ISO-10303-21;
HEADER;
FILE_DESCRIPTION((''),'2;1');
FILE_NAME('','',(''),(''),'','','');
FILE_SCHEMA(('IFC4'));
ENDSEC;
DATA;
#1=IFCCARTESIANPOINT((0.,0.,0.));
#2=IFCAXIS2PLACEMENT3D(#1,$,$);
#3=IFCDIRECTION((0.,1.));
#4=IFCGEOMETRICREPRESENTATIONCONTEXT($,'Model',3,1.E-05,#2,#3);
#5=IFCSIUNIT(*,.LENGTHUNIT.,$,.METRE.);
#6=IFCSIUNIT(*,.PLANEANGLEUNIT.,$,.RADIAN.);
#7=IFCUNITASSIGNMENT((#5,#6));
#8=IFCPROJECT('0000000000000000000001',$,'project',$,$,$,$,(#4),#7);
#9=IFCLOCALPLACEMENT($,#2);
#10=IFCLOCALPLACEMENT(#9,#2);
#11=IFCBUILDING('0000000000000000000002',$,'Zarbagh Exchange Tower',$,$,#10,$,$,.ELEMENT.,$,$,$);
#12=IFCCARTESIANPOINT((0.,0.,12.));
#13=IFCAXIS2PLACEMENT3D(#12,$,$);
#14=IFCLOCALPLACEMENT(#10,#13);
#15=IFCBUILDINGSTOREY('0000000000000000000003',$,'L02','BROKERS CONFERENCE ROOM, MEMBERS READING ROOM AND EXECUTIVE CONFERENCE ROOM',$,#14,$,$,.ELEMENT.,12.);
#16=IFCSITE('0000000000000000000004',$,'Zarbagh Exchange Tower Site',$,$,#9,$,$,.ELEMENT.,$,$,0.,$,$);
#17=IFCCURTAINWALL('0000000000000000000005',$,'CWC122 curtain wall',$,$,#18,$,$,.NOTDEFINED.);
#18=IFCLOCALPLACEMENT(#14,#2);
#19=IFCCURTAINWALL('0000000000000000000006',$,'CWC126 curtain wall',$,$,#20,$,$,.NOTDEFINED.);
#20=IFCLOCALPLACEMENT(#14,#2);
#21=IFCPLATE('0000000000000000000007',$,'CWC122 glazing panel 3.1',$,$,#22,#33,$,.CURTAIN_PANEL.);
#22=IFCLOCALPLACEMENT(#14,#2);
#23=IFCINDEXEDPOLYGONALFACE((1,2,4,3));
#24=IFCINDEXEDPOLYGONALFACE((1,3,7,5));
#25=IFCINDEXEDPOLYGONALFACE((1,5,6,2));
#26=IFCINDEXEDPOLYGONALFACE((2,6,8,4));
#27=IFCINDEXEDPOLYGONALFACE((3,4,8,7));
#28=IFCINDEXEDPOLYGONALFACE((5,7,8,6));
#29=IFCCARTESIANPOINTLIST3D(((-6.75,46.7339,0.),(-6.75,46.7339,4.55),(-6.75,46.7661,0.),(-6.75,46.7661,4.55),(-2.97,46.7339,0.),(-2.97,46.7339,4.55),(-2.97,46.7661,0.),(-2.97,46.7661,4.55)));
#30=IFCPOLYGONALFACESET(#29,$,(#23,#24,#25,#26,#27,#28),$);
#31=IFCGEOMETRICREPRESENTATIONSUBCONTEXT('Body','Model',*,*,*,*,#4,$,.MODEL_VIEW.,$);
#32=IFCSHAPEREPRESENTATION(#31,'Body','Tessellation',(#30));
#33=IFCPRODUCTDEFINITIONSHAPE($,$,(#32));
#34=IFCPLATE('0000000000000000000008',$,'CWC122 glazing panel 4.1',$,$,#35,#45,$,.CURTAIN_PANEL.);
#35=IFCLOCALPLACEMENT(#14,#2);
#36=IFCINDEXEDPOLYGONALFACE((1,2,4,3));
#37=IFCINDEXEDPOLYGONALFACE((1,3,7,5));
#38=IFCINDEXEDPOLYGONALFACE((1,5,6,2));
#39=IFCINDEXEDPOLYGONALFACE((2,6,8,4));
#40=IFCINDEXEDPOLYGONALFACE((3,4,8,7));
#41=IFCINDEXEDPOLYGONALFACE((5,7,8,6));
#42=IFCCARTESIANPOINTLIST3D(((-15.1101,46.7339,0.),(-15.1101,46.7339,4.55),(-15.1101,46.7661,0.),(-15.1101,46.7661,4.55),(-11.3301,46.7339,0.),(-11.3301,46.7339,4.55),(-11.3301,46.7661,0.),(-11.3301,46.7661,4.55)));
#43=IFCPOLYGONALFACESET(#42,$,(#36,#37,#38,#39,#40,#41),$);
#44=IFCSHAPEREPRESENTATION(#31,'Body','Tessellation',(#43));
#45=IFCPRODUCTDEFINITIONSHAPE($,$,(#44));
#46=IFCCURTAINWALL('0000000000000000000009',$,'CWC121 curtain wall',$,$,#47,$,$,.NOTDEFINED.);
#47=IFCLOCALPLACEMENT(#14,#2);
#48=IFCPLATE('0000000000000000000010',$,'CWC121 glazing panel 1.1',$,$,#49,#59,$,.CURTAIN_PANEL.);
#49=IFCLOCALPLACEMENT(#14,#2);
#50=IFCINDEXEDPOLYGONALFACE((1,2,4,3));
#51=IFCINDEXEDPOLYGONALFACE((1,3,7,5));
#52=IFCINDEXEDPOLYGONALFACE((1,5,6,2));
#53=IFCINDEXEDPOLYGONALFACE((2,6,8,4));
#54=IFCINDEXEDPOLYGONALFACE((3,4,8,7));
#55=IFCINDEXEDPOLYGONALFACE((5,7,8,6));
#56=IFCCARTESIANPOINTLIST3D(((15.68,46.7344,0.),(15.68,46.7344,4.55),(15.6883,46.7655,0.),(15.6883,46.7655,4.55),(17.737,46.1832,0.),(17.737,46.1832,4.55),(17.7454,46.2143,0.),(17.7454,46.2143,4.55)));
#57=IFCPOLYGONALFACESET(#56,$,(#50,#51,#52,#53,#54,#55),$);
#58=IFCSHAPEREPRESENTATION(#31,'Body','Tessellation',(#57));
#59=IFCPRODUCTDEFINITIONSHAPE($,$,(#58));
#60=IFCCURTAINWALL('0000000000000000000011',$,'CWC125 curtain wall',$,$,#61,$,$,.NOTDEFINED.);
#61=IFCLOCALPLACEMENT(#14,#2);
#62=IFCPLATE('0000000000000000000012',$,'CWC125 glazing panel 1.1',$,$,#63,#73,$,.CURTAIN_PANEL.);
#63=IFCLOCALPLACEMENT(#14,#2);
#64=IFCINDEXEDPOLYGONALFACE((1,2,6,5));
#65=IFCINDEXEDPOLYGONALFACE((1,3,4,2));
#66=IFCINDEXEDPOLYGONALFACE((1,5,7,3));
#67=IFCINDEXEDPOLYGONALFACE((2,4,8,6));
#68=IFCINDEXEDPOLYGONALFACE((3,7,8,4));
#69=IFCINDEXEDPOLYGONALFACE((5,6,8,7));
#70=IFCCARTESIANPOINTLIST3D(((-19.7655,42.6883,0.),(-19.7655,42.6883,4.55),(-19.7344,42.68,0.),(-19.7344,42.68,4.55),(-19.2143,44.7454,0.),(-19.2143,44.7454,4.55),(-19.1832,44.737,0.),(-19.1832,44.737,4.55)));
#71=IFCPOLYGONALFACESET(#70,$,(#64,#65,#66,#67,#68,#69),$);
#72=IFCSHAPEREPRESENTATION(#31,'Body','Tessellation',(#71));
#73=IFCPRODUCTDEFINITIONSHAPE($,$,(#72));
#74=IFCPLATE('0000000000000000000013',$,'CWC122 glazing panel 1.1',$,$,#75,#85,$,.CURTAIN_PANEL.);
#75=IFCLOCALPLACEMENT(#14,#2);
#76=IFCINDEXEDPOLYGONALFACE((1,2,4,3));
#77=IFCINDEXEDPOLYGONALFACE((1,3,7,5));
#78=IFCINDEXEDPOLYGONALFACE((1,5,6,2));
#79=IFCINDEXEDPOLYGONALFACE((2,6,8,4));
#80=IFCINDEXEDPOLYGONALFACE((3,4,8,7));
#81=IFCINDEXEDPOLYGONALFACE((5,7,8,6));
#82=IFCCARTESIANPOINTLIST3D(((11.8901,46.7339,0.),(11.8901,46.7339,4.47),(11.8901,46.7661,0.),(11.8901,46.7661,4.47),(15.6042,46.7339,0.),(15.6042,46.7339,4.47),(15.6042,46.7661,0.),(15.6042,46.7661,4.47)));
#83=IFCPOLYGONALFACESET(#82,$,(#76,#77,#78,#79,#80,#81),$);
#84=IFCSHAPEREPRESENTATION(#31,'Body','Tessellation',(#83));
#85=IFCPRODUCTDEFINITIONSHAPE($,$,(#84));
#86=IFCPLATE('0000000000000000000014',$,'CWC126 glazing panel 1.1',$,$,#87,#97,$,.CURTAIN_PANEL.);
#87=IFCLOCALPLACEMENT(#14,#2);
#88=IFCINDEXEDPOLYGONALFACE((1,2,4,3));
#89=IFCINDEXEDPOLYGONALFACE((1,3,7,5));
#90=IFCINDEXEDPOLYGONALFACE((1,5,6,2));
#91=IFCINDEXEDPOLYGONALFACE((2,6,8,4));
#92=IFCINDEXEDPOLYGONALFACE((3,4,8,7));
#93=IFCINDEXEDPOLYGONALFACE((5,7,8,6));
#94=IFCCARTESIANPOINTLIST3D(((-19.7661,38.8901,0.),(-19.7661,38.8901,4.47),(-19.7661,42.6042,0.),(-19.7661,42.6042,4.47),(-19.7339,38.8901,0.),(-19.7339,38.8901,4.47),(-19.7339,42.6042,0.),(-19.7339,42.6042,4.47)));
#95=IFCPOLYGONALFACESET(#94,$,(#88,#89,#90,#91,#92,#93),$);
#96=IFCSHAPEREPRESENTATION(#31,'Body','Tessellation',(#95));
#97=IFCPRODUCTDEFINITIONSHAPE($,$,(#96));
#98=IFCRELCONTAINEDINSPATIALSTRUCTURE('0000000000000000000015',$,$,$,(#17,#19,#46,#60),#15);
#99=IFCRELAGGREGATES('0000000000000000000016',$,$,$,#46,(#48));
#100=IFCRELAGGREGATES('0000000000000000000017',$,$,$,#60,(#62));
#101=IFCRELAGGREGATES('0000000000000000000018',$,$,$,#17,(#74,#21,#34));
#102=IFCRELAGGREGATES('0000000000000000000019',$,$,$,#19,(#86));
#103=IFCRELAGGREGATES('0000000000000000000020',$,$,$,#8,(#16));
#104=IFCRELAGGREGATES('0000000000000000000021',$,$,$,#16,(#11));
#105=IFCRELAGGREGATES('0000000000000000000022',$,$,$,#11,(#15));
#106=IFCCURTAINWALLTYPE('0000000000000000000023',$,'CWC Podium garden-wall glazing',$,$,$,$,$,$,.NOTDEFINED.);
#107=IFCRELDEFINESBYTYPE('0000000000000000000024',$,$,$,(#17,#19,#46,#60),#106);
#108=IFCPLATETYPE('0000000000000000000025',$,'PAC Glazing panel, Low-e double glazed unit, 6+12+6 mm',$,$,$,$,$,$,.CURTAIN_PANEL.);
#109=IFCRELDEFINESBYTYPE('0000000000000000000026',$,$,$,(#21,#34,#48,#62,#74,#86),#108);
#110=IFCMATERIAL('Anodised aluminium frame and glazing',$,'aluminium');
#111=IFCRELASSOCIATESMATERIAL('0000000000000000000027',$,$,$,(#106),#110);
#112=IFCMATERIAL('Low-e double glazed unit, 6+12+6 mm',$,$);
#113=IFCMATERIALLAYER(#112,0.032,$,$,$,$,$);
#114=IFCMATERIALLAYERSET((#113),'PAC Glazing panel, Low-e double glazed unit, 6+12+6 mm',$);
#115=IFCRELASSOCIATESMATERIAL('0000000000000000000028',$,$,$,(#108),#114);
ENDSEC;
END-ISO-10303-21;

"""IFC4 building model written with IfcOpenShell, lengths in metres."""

from ifc_helpers import new_model, si_unit, direction, frame, origin, place, context, subcontext, project, spatial, polyline, outline, extrude, source, transform, mapped, material, layer, layer_set, type_object, element, aggregate, save


model = new_model("IFC4")

# Units and contexts
model_context = context("Model", 3, precision=1e-05, world=origin(), true_north=direction((0.0, 1.0)))
body_context = subcontext(model_context, "Body", "Model", "MODEL_VIEW")
ifc_project = project(units=[si_unit("LENGTHUNIT", "METRE"), si_unit("PLANEANGLEUNIT", "RADIAN")], contexts=[model_context])

# Site, building, storey
site_placement = place(None, origin())
site = spatial("IfcSite", under=ifc_project, at=site_placement, Name="Zarbagh Exchange Tower Site", CompositionType="ELEMENT", RefElevation=0.0)
building_placement = place(site_placement, origin())
building = spatial("IfcBuilding", under=site, at=building_placement, Name="Zarbagh Exchange Tower", CompositionType="ELEMENT")
storey_placement = place(building_placement, frame((0.0, 0.0, 12.0)))
storey = spatial("IfcBuildingStorey", under=building, at=storey_placement, Name="L02", Description="BROKERS CONFERENCE ROOM, MEMBERS READING ROOM AND EXECUTIVE CONFERENCE ROOM", CompositionType="ELEMENT", Elevation=12.0)

# Curtain walls
ifc_material_1 = material(Name="Anodised aluminium frame and glazing", Category="aluminium")
curtain_wall_type = type_object("IfcCurtainWallType", Name="CWC Podium garden-wall glazing", PredefinedType="NOTDEFINED", material=ifc_material_1)
curtain_wall_1_placement = place(storey_placement, origin())
curtain_wall_1 = element("IfcCurtainWall", 1, at=curtain_wall_1_placement, inside=storey, type_object=curtain_wall_type, Name="CWC122 curtain wall", PredefinedType="NOTDEFINED")
placement = place(storey_placement, origin())
curtain_wall_2_placement = place(storey_placement, origin())
curtain_wall_2 = element("IfcCurtainWall", 2, at=curtain_wall_2_placement, inside=storey, type_object=curtain_wall_type, Name="CWC126 curtain wall", PredefinedType="NOTDEFINED")

# Shared definitions
ifc_material_2 = material(Name="Low-e double glazed unit, 6+12+6 mm")
ifc_layer = layer(ifc_material_2, 0.032)
ifc_layer_set = layer_set([ifc_layer], Name="PAC Glazing panel, Low-e double glazed unit, 6+12+6 mm")
plate_type = type_object("IfcPlateType", Name="PAC Glazing panel, Low-e double glazed unit, 6+12+6 mm", PredefinedType="CURTAIN_PANEL", material=ifc_layer_set)

# Plates
shared_shape_1 = source(origin(), body_context, "Body", "SweptSolid", [
    extrude(outline(polyline([(0.0, -0.0161), (3.78, -0.0161), (3.78, 0.0161), (0.0, 0.0161), (0.0, -0.0161)])), origin(), (0.0, 0.0, 1.0), 4.55),
])
plate_1 = element("IfcPlate", 3, at=placement, type_object=plate_type, Name="CWC122 glazing panel 3.1", PredefinedType="CURTAIN_PANEL", context=body_context, shape_type="MappedRepresentation", body=[
    mapped(shared_shape_1, transform((-2.97, 46.75, 0.0), x_axis=(-1.0, 0.0, 0.0), y_axis=(0.0, -1.0, 0.0), z_axis=(0.0, 0.0, 1.0))),
])
plate_2 = element("IfcPlate", 4, at=placement, type_object=plate_type, Name="CWC122 glazing panel 4.1", PredefinedType="CURTAIN_PANEL", context=body_context, shape_type="MappedRepresentation", body=[
    mapped(shared_shape_1, transform((-11.3301, 46.75, 0.0), x_axis=(-1.0, 0.0, 0.0), y_axis=(0.0, -1.0, 0.0), z_axis=(0.0, 0.0, 1.0))),
])

# Curtain walls, plates
curtain_wall_3_placement = place(storey_placement, origin())
curtain_wall_3 = element("IfcCurtainWall", 5, at=curtain_wall_3_placement, inside=storey, type_object=curtain_wall_type, Name="CWC121 curtain wall", PredefinedType="NOTDEFINED")
shared_shape_2 = source(origin(), body_context, "Body", "SweptSolid", [
    extrude(outline(polyline([(0.0, -0.0161), (2.1296, -0.0161), (2.1296, 0.0161), (0.0, 0.0161), (0.0, -0.0161)])), origin(), (0.0, 0.0, 1.0), 4.55),
])
plate_3 = element("IfcPlate", 6, at=placement, type_object=plate_type, Name="CWC121 glazing panel 1.1", PredefinedType="CURTAIN_PANEL", context=body_context, shape_type="MappedRepresentation", body=[
    mapped(shared_shape_2, transform((17.7412, 46.1987, 0.0), x_axis=(-0.965924, 0.258825, 0.0), y_axis=(-0.258825, -0.965924, 0.0), z_axis=(0.0, 0.0, 1.0))),
])
aggregate(curtain_wall_3, [plate_3])
curtain_wall_4_placement = place(storey_placement, origin())
curtain_wall_4 = element("IfcCurtainWall", 7, at=curtain_wall_4_placement, inside=storey, type_object=curtain_wall_type, Name="CWC125 curtain wall", PredefinedType="NOTDEFINED")
plate_4 = element("IfcPlate", 8, at=placement, type_object=plate_type, Name="CWC125 glazing panel 1.1", PredefinedType="CURTAIN_PANEL", context=body_context, shape_type="MappedRepresentation", body=[
    mapped(shared_shape_2, transform((-19.1987, 44.7412, 0.0), x_axis=(-0.258825, -0.965924, 0.0), y_axis=(0.965924, -0.258825, 0.0), z_axis=(0.0, 0.0, 1.0))),
])
aggregate(curtain_wall_4, [plate_4])

# Plates
shared_shape_3 = source(origin(), body_context, "Body", "SweptSolid", [
    extrude(outline(polyline([(0.0, -0.0161), (3.7141, -0.0161), (3.7141, 0.0161), (0.0, 0.0161), (0.0, -0.0161)])), origin(), (0.0, 0.0, 1.0), 4.47),
])
plate_5 = element("IfcPlate", 9, at=placement, type_object=plate_type, Name="CWC122 glazing panel 1.1", PredefinedType="CURTAIN_PANEL", context=body_context, shape_type="MappedRepresentation", body=[
    mapped(shared_shape_3, transform((15.6042, 46.75, 0.0), x_axis=(-1.0, 0.0, 0.0), y_axis=(0.0, -1.0, 0.0), z_axis=(0.0, 0.0, 1.0))),
])
aggregate(curtain_wall_1, [plate_5, plate_1, plate_2])
plate_6 = element("IfcPlate", 10, at=placement, type_object=plate_type, Name="CWC126 glazing panel 1.1", PredefinedType="CURTAIN_PANEL", context=body_context, shape_type="MappedRepresentation", body=[
    mapped(shared_shape_3, transform((-19.75, 42.6042, 0.0), x_axis=(0.0, -1.0, 0.0), y_axis=(1.0, 0.0, 0.0), z_axis=(0.0, 0.0, 1.0))),
])
aggregate(curtain_wall_2, [plate_6])

save(model, "model.ifc")
